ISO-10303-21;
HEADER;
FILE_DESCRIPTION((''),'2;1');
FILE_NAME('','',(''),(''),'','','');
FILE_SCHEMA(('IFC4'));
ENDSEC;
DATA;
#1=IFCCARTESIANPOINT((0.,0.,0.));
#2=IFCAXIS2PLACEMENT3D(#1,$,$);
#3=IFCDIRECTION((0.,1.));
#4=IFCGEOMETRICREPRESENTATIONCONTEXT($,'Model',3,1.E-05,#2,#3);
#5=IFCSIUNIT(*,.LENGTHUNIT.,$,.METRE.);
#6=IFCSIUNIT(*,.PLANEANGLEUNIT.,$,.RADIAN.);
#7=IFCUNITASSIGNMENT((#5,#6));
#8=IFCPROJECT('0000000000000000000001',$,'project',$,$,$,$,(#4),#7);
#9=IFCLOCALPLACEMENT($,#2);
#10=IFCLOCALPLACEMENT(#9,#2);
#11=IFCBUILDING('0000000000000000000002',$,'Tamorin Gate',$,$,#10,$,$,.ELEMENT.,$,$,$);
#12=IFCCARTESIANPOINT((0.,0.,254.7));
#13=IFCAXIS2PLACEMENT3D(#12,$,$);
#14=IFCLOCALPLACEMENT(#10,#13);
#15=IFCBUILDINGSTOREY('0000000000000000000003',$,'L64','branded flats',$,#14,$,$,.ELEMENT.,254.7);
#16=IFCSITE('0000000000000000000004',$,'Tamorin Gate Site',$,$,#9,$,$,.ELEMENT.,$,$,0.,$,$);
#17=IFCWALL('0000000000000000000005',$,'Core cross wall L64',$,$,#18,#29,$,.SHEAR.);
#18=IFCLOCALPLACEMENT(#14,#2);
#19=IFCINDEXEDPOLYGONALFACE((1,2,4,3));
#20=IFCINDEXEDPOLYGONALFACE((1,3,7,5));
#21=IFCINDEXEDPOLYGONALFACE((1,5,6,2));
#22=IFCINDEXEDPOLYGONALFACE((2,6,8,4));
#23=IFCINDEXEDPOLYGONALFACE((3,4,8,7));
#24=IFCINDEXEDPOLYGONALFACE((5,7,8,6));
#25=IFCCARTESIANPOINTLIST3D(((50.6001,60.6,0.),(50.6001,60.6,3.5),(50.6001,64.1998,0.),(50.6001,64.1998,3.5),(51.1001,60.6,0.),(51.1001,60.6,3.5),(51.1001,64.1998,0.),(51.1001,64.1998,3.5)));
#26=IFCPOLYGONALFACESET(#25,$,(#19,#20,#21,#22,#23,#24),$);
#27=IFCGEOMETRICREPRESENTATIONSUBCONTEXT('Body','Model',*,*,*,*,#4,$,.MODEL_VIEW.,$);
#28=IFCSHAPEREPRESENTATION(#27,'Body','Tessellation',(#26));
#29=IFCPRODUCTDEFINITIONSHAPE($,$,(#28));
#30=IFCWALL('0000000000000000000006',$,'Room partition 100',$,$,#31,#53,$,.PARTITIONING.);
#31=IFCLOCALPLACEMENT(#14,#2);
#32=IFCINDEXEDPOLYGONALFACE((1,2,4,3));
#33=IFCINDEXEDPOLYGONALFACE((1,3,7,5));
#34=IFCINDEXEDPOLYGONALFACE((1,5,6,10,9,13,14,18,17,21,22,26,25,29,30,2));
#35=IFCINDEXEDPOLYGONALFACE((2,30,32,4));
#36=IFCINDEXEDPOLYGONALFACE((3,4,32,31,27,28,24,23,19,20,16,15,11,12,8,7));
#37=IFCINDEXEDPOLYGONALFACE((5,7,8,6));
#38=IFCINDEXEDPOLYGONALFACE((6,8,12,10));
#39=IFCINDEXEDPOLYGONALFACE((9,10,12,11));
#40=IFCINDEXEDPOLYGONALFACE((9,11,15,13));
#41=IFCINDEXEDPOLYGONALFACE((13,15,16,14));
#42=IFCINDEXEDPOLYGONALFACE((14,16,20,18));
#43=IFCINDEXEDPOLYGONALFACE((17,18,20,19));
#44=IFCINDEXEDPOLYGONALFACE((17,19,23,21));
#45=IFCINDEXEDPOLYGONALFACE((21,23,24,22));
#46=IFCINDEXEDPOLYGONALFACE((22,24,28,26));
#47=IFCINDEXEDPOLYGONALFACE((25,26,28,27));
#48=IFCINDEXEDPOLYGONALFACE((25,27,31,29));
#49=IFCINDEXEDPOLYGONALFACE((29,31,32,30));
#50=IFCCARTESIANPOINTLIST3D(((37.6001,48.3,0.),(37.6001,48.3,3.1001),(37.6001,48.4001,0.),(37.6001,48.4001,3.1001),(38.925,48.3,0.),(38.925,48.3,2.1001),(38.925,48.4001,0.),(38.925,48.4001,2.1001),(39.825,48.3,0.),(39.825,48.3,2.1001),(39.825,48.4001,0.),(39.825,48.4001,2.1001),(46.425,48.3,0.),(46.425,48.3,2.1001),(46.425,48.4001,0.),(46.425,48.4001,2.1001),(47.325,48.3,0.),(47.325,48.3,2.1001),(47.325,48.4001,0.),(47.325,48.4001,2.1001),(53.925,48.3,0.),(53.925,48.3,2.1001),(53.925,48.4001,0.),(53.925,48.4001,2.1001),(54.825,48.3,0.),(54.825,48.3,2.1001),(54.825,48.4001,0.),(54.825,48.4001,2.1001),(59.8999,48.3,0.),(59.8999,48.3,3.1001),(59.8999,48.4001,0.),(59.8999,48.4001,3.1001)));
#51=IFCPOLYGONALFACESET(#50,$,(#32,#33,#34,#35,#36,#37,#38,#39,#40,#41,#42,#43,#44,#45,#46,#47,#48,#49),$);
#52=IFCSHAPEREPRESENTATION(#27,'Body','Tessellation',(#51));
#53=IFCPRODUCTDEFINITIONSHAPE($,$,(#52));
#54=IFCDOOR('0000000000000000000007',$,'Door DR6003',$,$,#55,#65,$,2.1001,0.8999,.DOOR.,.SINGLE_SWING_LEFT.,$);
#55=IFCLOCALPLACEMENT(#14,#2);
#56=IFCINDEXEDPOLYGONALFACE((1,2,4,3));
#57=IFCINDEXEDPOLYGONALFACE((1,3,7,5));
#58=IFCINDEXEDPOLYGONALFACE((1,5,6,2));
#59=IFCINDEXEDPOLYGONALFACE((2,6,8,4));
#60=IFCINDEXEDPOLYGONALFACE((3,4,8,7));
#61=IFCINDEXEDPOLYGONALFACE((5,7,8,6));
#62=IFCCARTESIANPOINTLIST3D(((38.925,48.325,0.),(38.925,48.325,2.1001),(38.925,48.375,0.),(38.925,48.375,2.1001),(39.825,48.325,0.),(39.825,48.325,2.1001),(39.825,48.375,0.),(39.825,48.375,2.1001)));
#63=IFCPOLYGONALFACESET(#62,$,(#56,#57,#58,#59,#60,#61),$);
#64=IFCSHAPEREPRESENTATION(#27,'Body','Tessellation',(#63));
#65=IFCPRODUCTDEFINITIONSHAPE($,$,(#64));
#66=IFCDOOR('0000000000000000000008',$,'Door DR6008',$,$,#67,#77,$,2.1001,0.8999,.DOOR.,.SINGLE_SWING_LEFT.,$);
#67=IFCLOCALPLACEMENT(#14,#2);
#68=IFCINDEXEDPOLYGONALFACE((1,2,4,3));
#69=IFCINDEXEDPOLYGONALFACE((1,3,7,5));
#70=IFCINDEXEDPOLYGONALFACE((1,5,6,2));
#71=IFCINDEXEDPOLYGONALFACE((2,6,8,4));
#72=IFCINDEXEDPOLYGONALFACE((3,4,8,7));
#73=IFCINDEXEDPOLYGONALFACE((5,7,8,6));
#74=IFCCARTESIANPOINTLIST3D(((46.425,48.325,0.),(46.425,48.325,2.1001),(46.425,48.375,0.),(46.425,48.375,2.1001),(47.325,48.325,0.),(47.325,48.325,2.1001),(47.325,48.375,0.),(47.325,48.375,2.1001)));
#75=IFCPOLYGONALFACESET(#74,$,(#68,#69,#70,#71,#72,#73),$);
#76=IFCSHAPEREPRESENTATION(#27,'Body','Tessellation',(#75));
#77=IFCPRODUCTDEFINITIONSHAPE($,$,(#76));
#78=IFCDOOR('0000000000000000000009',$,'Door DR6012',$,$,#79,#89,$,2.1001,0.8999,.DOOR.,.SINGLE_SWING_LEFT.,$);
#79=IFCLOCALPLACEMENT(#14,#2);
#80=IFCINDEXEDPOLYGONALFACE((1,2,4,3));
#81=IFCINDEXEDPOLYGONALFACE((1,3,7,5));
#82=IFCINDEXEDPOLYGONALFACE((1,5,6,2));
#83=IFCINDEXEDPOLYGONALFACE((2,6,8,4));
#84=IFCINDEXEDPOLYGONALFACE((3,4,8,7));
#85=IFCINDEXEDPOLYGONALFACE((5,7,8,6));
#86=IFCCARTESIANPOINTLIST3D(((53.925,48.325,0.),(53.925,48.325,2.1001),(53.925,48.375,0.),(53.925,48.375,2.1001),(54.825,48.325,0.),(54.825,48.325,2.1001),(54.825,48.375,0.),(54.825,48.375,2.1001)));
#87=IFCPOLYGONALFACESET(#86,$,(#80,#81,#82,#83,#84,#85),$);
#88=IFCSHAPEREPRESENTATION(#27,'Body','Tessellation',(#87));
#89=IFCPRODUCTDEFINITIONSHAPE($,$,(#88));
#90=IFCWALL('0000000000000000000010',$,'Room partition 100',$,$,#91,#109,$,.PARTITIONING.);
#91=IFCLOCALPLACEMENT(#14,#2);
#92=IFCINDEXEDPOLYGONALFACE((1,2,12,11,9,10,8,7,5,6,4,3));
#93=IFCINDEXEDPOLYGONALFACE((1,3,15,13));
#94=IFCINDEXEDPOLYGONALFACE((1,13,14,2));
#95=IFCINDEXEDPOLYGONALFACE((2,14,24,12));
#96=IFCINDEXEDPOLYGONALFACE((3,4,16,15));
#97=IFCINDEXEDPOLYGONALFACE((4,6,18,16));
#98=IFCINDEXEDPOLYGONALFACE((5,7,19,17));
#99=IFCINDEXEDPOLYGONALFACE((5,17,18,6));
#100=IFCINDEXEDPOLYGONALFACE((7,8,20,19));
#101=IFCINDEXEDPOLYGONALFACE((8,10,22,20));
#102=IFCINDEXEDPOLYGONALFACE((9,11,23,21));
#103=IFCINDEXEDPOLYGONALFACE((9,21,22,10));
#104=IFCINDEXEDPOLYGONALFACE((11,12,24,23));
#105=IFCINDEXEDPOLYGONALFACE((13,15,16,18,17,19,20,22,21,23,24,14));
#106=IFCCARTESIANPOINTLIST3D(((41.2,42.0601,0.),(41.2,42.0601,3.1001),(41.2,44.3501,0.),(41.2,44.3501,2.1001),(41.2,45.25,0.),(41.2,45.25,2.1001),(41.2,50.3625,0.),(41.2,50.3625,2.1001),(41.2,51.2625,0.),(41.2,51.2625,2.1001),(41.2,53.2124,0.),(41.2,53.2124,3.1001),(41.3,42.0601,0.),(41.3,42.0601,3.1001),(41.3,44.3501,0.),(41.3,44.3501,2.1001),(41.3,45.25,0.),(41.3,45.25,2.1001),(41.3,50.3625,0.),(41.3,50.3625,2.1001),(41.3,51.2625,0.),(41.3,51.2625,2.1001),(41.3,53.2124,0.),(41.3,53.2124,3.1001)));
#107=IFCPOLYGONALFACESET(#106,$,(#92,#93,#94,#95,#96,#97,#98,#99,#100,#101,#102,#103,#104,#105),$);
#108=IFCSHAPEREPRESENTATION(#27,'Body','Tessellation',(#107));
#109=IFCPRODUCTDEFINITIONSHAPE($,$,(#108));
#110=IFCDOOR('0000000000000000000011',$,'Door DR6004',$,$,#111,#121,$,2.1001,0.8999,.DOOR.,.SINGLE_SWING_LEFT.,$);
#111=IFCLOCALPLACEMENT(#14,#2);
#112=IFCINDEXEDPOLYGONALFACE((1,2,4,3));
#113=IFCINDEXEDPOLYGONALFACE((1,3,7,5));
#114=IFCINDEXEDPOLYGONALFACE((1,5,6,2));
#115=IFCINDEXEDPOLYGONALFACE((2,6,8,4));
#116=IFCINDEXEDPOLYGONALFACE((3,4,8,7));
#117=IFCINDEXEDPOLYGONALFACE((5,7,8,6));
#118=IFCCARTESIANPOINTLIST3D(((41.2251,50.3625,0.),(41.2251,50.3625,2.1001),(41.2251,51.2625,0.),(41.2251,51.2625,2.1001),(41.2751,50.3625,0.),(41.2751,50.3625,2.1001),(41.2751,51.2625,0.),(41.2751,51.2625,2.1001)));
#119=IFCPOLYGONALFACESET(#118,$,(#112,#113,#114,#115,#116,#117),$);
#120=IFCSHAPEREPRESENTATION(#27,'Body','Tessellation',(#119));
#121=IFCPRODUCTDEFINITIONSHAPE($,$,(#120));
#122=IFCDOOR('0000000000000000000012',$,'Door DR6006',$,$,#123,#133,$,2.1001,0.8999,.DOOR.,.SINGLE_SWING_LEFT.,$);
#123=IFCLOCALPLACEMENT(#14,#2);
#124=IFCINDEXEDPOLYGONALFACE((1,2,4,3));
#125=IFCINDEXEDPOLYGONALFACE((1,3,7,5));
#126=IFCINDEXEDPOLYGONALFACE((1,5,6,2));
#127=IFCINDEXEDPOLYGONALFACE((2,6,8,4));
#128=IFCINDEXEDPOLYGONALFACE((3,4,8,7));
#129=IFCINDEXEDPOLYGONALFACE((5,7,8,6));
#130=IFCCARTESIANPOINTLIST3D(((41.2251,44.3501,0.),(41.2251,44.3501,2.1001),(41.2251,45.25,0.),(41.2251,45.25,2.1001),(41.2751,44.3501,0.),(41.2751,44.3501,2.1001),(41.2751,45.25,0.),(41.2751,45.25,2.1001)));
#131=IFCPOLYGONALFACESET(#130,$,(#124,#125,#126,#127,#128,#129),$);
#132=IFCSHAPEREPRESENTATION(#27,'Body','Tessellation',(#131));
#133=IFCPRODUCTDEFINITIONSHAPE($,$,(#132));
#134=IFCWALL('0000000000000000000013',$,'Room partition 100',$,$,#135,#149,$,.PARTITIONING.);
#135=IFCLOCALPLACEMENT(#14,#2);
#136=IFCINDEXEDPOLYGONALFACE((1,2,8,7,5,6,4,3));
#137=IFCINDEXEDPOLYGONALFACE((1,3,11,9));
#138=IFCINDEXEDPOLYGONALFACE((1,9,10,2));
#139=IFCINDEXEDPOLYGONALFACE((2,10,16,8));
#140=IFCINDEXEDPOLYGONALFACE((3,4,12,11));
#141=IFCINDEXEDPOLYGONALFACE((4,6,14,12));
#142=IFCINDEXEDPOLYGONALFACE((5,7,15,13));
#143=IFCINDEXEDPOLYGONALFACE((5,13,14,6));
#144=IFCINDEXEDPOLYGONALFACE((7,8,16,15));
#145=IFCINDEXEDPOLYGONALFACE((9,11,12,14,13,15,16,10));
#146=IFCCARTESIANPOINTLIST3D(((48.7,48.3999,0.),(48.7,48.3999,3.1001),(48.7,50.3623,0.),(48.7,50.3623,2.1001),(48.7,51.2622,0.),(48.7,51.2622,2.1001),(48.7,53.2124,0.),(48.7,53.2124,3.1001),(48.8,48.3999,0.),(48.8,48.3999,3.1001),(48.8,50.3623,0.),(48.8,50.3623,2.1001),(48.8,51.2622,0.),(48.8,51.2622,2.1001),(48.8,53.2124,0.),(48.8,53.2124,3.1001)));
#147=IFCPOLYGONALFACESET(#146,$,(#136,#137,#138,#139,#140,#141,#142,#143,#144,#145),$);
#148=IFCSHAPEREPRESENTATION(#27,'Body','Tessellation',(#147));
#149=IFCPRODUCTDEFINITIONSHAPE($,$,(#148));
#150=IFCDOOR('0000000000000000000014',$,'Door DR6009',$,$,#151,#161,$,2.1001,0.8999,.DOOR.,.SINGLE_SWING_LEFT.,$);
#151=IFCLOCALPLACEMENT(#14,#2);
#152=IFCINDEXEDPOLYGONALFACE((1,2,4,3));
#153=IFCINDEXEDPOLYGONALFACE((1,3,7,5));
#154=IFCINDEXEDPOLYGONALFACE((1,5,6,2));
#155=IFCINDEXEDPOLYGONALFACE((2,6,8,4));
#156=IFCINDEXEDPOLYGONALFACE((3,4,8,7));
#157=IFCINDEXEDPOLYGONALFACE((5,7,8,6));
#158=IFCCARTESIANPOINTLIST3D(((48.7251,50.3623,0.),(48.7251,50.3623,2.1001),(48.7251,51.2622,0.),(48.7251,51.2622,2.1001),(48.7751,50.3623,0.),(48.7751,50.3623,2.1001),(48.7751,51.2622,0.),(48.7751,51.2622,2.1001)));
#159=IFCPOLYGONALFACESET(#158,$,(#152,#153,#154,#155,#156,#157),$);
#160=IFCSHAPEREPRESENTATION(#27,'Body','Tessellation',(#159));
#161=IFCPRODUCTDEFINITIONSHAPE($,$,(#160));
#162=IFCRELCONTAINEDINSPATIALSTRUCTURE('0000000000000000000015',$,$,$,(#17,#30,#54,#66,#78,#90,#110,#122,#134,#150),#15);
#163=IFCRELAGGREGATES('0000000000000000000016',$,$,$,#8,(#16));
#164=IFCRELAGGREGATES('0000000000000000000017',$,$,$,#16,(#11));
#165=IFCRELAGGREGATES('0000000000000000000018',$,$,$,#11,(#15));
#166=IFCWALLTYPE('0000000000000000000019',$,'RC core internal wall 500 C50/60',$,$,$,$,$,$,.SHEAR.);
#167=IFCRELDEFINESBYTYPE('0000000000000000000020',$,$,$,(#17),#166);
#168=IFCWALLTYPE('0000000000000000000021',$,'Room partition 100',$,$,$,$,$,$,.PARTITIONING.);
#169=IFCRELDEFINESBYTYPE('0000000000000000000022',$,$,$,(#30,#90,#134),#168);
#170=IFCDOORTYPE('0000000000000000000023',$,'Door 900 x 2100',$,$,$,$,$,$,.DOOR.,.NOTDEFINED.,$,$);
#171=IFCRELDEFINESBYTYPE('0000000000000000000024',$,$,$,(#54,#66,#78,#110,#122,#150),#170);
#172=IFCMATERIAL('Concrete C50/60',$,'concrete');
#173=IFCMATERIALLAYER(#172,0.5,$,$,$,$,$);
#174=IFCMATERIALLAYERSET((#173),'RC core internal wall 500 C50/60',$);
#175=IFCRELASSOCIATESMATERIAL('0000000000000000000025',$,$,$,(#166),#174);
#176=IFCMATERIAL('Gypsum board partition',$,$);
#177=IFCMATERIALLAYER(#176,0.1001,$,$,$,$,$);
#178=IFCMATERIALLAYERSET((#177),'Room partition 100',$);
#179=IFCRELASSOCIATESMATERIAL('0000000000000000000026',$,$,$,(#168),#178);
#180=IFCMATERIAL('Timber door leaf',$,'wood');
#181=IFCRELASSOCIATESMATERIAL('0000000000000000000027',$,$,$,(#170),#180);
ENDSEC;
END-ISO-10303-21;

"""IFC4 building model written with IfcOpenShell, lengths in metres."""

from ifc_helpers import new_model, si_unit, direction, frame, frame_2d, origin, place, context, subcontext, project, spatial, rectangle, extrude, material, layer, layer_set, type_object, element, fill, save


model = new_model("IFC4")

# Units and contexts
model_context = context("Model", 3, precision=1e-05, world=origin(), true_north=direction((0.0, 1.0)))
body_context = subcontext(model_context, "Body", "Model", "MODEL_VIEW")
ifc_project = project(units=[si_unit("LENGTHUNIT", "METRE"), si_unit("PLANEANGLEUNIT", "RADIAN")], contexts=[model_context])

# Site, building, storey
site_placement = place(None, origin())
site = spatial("IfcSite", under=ifc_project, at=site_placement, Name="Tamorin Gate Site", CompositionType="ELEMENT", RefElevation=0.0)
building_placement = place(site_placement, origin())
building = spatial("IfcBuilding", under=site, at=building_placement, Name="Tamorin Gate", CompositionType="ELEMENT")
storey_placement = place(building_placement, frame((0.0, 0.0, 254.7)))
storey = spatial("IfcBuildingStorey", under=building, at=storey_placement, Name="L64", Description="branded flats", CompositionType="ELEMENT", Elevation=254.7)

# Shared definitions
ifc_material_1 = material(Name="Concrete C50/60", Category="concrete")

# Wall
ifc_material_2 = material(Name="Gypsum board partition")
ifc_layer_1 = layer(ifc_material_1, 0.5)
ifc_layer_set_1 = layer_set([ifc_layer_1], Name="RC core internal wall 500 C50/60")
wall_type_1 = type_object("IfcWallType", Name="RC core internal wall 500 C50/60", PredefinedType="SHEAR", material=ifc_layer_set_1)
wall_1_placement = place(storey_placement, frame((50.8501, 60.6001, 0.0), z_axis=(0.0, 0.0, 1.0), x_axis=(0.0, 1.0, 0.0)))
element("IfcWall", 1, at=wall_1_placement, inside=storey, type_object=wall_type_1, Name="Core cross wall L64", PredefinedType="SHEAR", context=body_context, shape_type="SweptSolid", body=[
    extrude(rectangle(XDim=3.5999, YDim=0.5, at=frame_2d((1.7998, 0.0))), origin(), (0.0, 0.0, 1.0), 3.5),
])

# Walls, openings, doors
ifc_layer_2 = layer(ifc_material_2, 0.1001)
ifc_layer_set_2 = layer_set([ifc_layer_2], Name="Room partition 100")
wall_type_2 = type_object("IfcWallType", Name="Room partition 100", PredefinedType="PARTITIONING", material=ifc_layer_set_2)
wall_2_placement = place(storey_placement, frame((37.6001, 48.3501, 0.0), z_axis=(0.0, 0.0, 1.0), x_axis=(1.0, 0.0, 0.0)))
wall_2 = element("IfcWall", 2, at=wall_2_placement, inside=storey, type_object=wall_type_2, Name="Room partition 100", PredefinedType="PARTITIONING", context=body_context, shape_type="SweptSolid", body=[
    extrude(rectangle(XDim=22.2998, YDim=0.1001, at=frame_2d((11.1499, 0.0))), origin(), (0.0, 0.0, 1.0), 3.1001),
])
opening_1_placement = place(wall_2_placement, frame((1.325, 0.0, 0.0)))
opening_1 = element("IfcOpeningElement", 3, at=opening_1_placement, cuts=wall_2, PredefinedType="OPENING", context=body_context, shape_type="SweptSolid", body=[
    extrude(rectangle(XDim=0.8999, YDim=2.1001, at=frame_2d((0.45, 1.05))), frame((0.0, 0.0601, 0.0), z_axis=(0.0, -1.0, 0.0), x_axis=(1.0, 0.0, 0.0)), (0.0, 0.0, 1.0), 0.1201),
])
opening_2_placement = place(wall_2_placement, frame((8.825, 0.0, 0.0)))
opening_2 = element("IfcOpeningElement", 4, at=opening_2_placement, cuts=wall_2, PredefinedType="OPENING", context=body_context, shape_type="SweptSolid", body=[
    extrude(rectangle(XDim=0.8999, YDim=2.1001, at=frame_2d((0.45, 1.05))), frame((0.0, 0.0601, 0.0), z_axis=(0.0, -1.0, 0.0), x_axis=(1.0, 0.0, 0.0)), (0.0, 0.0, 1.0), 0.1201),
])
opening_3_placement = place(wall_2_placement, frame((16.325, 0.0, 0.0)))
opening_3 = element("IfcOpeningElement", 5, at=opening_3_placement, cuts=wall_2, PredefinedType="OPENING", context=body_context, shape_type="SweptSolid", body=[
    extrude(rectangle(XDim=0.8999, YDim=2.1001, at=frame_2d((0.45, 1.05))), frame((0.0, 0.0601, 0.0), z_axis=(0.0, -1.0, 0.0), x_axis=(1.0, 0.0, 0.0)), (0.0, 0.0, 1.0), 0.1201),
])
ifc_material_3 = material(Name="Timber door leaf", Category="wood")
door_type = type_object("IfcDoorType", Name="Door 900 x 2100", OperationType="NOTDEFINED", PredefinedType="DOOR", material=ifc_material_3)
door_1_placement = place(opening_1_placement, origin())
door_1 = element("IfcDoor", 6, at=door_1_placement, inside=storey, type_object=door_type, Name="Door DR6003", OperationType="SINGLE_SWING_LEFT", OverallHeight=2.1001, OverallWidth=0.8999, PredefinedType="DOOR", context=body_context, shape_type="SweptSolid", body=[
    extrude(rectangle(XDim=0.8999, YDim=2.1001, at=frame_2d((0.45, 1.05))), frame((0.0, 0.0249, 0.0), z_axis=(0.0, -1.0, 0.0), x_axis=(1.0, 0.0, 0.0)), (0.0, 0.0, 1.0), 0.05),
])
fill(opening_1, door_1)
door_2_placement = place(opening_2_placement, origin())
door_2 = element("IfcDoor", 7, at=door_2_placement, inside=storey, type_object=door_type, Name="Door DR6008", OperationType="SINGLE_SWING_LEFT", OverallHeight=2.1001, OverallWidth=0.8999, PredefinedType="DOOR", context=body_context, shape_type="SweptSolid", body=[
    extrude(rectangle(XDim=0.8999, YDim=2.1001, at=frame_2d((0.45, 1.05))), frame((0.0, 0.0249, 0.0), z_axis=(0.0, -1.0, 0.0), x_axis=(1.0, 0.0, 0.0)), (0.0, 0.0, 1.0), 0.05),
])
fill(opening_2, door_2)
door_3_placement = place(opening_3_placement, origin())
door_3 = element("IfcDoor", 8, at=door_3_placement, inside=storey, type_object=door_type, Name="Door DR6012", OperationType="SINGLE_SWING_LEFT", OverallHeight=2.1001, OverallWidth=0.8999, PredefinedType="DOOR", context=body_context, shape_type="SweptSolid", body=[
    extrude(rectangle(XDim=0.8999, YDim=2.1001, at=frame_2d((0.45, 1.05))), frame((0.0, 0.0249, 0.0), z_axis=(0.0, -1.0, 0.0), x_axis=(1.0, 0.0, 0.0)), (0.0, 0.0, 1.0), 0.05),
])
fill(opening_3, door_3)
wall_3_placement = place(storey_placement, frame((41.25, 42.0601, 0.0), z_axis=(0.0, 0.0, 1.0), x_axis=(0.0, 1.0, 0.0)))
wall_3 = element("IfcWall", 9, at=wall_3_placement, inside=storey, type_object=wall_type_2, Name="Room partition 100", PredefinedType="PARTITIONING", context=body_context, shape_type="SweptSolid", body=[
    extrude(rectangle(XDim=11.1523, YDim=0.1001, at=frame_2d((5.5762, 0.0))), origin(), (0.0, 0.0, 1.0), 3.1001),
])
opening_4_placement = place(wall_3_placement, frame((8.3025, 0.0, 0.0)))
opening_4 = element("IfcOpeningElement", 10, at=opening_4_placement, cuts=wall_3, PredefinedType="OPENING", context=body_context, shape_type="SweptSolid", body=[
    extrude(rectangle(XDim=0.8999, YDim=2.1001, at=frame_2d((0.45, 1.05))), frame((0.0, 0.0601, 0.0), z_axis=(0.0, -1.0, 0.0), x_axis=(1.0, 0.0, 0.0)), (0.0, 0.0, 1.0), 0.1201),
])
opening_5_placement = place(wall_3_placement, frame((2.29, 0.0, 0.0)))
opening_5 = element("IfcOpeningElement", 11, at=opening_5_placement, cuts=wall_3, PredefinedType="OPENING", context=body_context, shape_type="SweptSolid", body=[
    extrude(rectangle(XDim=0.8999, YDim=2.1001, at=frame_2d((0.45, 1.05))), frame((0.0, 0.0601, 0.0), z_axis=(0.0, -1.0, 0.0), x_axis=(1.0, 0.0, 0.0)), (0.0, 0.0, 1.0), 0.1201),
])
door_4_placement = place(opening_4_placement, origin())
door_4 = element("IfcDoor", 12, at=door_4_placement, inside=storey, type_object=door_type, Name="Door DR6004", OperationType="SINGLE_SWING_LEFT", OverallHeight=2.1001, OverallWidth=0.8999, PredefinedType="DOOR", context=body_context, shape_type="SweptSolid", body=[
    extrude(rectangle(XDim=0.8999, YDim=2.1001, at=frame_2d((0.45, 1.05))), frame((0.0, 0.0249, 0.0), z_axis=(0.0, -1.0, 0.0), x_axis=(1.0, 0.0, 0.0)), (0.0, 0.0, 1.0), 0.05),
])
fill(opening_4, door_4)
door_5_placement = place(opening_5_placement, origin())
door_5 = element("IfcDoor", 13, at=door_5_placement, inside=storey, type_object=door_type, Name="Door DR6006", OperationType="SINGLE_SWING_LEFT", OverallHeight=2.1001, OverallWidth=0.8999, PredefinedType="DOOR", context=body_context, shape_type="SweptSolid", body=[
    extrude(rectangle(XDim=0.8999, YDim=2.1001, at=frame_2d((0.45, 1.05))), frame((0.0, 0.0249, 0.0), z_axis=(0.0, -1.0, 0.0), x_axis=(1.0, 0.0, 0.0)), (0.0, 0.0, 1.0), 0.05),
])
fill(opening_5, door_5)

# Wall, opening, door
wall_4_placement = place(storey_placement, frame((48.75, 48.3999, 0.0), z_axis=(0.0, 0.0, 1.0), x_axis=(0.0, 1.0, 0.0)))
wall_4 = element("IfcWall", 14, at=wall_4_placement, inside=storey, type_object=wall_type_2, Name="Room partition 100", PredefinedType="PARTITIONING", context=body_context, shape_type="SweptSolid", body=[
    extrude(rectangle(XDim=4.8125, YDim=0.1001, at=frame_2d((2.4062, 0.0))), origin(), (0.0, 0.0, 1.0), 3.1001),
])
opening_6_placement = place(wall_4_placement, frame((1.9624, 0.0, 0.0)))
opening_6 = element("IfcOpeningElement", 15, at=opening_6_placement, cuts=wall_4, PredefinedType="OPENING", context=body_context, shape_type="SweptSolid", body=[
    extrude(rectangle(XDim=0.8999, YDim=2.1001, at=frame_2d((0.45, 1.05))), frame((0.0, 0.0601, 0.0), z_axis=(0.0, -1.0, 0.0), x_axis=(1.0, 0.0, 0.0)), (0.0, 0.0, 1.0), 0.1201),
])
door_6_placement = place(opening_6_placement, origin())
door_6 = element("IfcDoor", 16, at=door_6_placement, inside=storey, type_object=door_type, Name="Door DR6009", OperationType="SINGLE_SWING_LEFT", OverallHeight=2.1001, OverallWidth=0.8999, PredefinedType="DOOR", context=body_context, shape_type="SweptSolid", body=[
    extrude(rectangle(XDim=0.8999, YDim=2.1001, at=frame_2d((0.45, 1.05))), frame((0.0, 0.0249, 0.0), z_axis=(0.0, -1.0, 0.0), x_axis=(1.0, 0.0, 0.0)), (0.0, 0.0, 1.0), 0.05),
])
fill(opening_6, door_6)

save(model, "model.ifc")
